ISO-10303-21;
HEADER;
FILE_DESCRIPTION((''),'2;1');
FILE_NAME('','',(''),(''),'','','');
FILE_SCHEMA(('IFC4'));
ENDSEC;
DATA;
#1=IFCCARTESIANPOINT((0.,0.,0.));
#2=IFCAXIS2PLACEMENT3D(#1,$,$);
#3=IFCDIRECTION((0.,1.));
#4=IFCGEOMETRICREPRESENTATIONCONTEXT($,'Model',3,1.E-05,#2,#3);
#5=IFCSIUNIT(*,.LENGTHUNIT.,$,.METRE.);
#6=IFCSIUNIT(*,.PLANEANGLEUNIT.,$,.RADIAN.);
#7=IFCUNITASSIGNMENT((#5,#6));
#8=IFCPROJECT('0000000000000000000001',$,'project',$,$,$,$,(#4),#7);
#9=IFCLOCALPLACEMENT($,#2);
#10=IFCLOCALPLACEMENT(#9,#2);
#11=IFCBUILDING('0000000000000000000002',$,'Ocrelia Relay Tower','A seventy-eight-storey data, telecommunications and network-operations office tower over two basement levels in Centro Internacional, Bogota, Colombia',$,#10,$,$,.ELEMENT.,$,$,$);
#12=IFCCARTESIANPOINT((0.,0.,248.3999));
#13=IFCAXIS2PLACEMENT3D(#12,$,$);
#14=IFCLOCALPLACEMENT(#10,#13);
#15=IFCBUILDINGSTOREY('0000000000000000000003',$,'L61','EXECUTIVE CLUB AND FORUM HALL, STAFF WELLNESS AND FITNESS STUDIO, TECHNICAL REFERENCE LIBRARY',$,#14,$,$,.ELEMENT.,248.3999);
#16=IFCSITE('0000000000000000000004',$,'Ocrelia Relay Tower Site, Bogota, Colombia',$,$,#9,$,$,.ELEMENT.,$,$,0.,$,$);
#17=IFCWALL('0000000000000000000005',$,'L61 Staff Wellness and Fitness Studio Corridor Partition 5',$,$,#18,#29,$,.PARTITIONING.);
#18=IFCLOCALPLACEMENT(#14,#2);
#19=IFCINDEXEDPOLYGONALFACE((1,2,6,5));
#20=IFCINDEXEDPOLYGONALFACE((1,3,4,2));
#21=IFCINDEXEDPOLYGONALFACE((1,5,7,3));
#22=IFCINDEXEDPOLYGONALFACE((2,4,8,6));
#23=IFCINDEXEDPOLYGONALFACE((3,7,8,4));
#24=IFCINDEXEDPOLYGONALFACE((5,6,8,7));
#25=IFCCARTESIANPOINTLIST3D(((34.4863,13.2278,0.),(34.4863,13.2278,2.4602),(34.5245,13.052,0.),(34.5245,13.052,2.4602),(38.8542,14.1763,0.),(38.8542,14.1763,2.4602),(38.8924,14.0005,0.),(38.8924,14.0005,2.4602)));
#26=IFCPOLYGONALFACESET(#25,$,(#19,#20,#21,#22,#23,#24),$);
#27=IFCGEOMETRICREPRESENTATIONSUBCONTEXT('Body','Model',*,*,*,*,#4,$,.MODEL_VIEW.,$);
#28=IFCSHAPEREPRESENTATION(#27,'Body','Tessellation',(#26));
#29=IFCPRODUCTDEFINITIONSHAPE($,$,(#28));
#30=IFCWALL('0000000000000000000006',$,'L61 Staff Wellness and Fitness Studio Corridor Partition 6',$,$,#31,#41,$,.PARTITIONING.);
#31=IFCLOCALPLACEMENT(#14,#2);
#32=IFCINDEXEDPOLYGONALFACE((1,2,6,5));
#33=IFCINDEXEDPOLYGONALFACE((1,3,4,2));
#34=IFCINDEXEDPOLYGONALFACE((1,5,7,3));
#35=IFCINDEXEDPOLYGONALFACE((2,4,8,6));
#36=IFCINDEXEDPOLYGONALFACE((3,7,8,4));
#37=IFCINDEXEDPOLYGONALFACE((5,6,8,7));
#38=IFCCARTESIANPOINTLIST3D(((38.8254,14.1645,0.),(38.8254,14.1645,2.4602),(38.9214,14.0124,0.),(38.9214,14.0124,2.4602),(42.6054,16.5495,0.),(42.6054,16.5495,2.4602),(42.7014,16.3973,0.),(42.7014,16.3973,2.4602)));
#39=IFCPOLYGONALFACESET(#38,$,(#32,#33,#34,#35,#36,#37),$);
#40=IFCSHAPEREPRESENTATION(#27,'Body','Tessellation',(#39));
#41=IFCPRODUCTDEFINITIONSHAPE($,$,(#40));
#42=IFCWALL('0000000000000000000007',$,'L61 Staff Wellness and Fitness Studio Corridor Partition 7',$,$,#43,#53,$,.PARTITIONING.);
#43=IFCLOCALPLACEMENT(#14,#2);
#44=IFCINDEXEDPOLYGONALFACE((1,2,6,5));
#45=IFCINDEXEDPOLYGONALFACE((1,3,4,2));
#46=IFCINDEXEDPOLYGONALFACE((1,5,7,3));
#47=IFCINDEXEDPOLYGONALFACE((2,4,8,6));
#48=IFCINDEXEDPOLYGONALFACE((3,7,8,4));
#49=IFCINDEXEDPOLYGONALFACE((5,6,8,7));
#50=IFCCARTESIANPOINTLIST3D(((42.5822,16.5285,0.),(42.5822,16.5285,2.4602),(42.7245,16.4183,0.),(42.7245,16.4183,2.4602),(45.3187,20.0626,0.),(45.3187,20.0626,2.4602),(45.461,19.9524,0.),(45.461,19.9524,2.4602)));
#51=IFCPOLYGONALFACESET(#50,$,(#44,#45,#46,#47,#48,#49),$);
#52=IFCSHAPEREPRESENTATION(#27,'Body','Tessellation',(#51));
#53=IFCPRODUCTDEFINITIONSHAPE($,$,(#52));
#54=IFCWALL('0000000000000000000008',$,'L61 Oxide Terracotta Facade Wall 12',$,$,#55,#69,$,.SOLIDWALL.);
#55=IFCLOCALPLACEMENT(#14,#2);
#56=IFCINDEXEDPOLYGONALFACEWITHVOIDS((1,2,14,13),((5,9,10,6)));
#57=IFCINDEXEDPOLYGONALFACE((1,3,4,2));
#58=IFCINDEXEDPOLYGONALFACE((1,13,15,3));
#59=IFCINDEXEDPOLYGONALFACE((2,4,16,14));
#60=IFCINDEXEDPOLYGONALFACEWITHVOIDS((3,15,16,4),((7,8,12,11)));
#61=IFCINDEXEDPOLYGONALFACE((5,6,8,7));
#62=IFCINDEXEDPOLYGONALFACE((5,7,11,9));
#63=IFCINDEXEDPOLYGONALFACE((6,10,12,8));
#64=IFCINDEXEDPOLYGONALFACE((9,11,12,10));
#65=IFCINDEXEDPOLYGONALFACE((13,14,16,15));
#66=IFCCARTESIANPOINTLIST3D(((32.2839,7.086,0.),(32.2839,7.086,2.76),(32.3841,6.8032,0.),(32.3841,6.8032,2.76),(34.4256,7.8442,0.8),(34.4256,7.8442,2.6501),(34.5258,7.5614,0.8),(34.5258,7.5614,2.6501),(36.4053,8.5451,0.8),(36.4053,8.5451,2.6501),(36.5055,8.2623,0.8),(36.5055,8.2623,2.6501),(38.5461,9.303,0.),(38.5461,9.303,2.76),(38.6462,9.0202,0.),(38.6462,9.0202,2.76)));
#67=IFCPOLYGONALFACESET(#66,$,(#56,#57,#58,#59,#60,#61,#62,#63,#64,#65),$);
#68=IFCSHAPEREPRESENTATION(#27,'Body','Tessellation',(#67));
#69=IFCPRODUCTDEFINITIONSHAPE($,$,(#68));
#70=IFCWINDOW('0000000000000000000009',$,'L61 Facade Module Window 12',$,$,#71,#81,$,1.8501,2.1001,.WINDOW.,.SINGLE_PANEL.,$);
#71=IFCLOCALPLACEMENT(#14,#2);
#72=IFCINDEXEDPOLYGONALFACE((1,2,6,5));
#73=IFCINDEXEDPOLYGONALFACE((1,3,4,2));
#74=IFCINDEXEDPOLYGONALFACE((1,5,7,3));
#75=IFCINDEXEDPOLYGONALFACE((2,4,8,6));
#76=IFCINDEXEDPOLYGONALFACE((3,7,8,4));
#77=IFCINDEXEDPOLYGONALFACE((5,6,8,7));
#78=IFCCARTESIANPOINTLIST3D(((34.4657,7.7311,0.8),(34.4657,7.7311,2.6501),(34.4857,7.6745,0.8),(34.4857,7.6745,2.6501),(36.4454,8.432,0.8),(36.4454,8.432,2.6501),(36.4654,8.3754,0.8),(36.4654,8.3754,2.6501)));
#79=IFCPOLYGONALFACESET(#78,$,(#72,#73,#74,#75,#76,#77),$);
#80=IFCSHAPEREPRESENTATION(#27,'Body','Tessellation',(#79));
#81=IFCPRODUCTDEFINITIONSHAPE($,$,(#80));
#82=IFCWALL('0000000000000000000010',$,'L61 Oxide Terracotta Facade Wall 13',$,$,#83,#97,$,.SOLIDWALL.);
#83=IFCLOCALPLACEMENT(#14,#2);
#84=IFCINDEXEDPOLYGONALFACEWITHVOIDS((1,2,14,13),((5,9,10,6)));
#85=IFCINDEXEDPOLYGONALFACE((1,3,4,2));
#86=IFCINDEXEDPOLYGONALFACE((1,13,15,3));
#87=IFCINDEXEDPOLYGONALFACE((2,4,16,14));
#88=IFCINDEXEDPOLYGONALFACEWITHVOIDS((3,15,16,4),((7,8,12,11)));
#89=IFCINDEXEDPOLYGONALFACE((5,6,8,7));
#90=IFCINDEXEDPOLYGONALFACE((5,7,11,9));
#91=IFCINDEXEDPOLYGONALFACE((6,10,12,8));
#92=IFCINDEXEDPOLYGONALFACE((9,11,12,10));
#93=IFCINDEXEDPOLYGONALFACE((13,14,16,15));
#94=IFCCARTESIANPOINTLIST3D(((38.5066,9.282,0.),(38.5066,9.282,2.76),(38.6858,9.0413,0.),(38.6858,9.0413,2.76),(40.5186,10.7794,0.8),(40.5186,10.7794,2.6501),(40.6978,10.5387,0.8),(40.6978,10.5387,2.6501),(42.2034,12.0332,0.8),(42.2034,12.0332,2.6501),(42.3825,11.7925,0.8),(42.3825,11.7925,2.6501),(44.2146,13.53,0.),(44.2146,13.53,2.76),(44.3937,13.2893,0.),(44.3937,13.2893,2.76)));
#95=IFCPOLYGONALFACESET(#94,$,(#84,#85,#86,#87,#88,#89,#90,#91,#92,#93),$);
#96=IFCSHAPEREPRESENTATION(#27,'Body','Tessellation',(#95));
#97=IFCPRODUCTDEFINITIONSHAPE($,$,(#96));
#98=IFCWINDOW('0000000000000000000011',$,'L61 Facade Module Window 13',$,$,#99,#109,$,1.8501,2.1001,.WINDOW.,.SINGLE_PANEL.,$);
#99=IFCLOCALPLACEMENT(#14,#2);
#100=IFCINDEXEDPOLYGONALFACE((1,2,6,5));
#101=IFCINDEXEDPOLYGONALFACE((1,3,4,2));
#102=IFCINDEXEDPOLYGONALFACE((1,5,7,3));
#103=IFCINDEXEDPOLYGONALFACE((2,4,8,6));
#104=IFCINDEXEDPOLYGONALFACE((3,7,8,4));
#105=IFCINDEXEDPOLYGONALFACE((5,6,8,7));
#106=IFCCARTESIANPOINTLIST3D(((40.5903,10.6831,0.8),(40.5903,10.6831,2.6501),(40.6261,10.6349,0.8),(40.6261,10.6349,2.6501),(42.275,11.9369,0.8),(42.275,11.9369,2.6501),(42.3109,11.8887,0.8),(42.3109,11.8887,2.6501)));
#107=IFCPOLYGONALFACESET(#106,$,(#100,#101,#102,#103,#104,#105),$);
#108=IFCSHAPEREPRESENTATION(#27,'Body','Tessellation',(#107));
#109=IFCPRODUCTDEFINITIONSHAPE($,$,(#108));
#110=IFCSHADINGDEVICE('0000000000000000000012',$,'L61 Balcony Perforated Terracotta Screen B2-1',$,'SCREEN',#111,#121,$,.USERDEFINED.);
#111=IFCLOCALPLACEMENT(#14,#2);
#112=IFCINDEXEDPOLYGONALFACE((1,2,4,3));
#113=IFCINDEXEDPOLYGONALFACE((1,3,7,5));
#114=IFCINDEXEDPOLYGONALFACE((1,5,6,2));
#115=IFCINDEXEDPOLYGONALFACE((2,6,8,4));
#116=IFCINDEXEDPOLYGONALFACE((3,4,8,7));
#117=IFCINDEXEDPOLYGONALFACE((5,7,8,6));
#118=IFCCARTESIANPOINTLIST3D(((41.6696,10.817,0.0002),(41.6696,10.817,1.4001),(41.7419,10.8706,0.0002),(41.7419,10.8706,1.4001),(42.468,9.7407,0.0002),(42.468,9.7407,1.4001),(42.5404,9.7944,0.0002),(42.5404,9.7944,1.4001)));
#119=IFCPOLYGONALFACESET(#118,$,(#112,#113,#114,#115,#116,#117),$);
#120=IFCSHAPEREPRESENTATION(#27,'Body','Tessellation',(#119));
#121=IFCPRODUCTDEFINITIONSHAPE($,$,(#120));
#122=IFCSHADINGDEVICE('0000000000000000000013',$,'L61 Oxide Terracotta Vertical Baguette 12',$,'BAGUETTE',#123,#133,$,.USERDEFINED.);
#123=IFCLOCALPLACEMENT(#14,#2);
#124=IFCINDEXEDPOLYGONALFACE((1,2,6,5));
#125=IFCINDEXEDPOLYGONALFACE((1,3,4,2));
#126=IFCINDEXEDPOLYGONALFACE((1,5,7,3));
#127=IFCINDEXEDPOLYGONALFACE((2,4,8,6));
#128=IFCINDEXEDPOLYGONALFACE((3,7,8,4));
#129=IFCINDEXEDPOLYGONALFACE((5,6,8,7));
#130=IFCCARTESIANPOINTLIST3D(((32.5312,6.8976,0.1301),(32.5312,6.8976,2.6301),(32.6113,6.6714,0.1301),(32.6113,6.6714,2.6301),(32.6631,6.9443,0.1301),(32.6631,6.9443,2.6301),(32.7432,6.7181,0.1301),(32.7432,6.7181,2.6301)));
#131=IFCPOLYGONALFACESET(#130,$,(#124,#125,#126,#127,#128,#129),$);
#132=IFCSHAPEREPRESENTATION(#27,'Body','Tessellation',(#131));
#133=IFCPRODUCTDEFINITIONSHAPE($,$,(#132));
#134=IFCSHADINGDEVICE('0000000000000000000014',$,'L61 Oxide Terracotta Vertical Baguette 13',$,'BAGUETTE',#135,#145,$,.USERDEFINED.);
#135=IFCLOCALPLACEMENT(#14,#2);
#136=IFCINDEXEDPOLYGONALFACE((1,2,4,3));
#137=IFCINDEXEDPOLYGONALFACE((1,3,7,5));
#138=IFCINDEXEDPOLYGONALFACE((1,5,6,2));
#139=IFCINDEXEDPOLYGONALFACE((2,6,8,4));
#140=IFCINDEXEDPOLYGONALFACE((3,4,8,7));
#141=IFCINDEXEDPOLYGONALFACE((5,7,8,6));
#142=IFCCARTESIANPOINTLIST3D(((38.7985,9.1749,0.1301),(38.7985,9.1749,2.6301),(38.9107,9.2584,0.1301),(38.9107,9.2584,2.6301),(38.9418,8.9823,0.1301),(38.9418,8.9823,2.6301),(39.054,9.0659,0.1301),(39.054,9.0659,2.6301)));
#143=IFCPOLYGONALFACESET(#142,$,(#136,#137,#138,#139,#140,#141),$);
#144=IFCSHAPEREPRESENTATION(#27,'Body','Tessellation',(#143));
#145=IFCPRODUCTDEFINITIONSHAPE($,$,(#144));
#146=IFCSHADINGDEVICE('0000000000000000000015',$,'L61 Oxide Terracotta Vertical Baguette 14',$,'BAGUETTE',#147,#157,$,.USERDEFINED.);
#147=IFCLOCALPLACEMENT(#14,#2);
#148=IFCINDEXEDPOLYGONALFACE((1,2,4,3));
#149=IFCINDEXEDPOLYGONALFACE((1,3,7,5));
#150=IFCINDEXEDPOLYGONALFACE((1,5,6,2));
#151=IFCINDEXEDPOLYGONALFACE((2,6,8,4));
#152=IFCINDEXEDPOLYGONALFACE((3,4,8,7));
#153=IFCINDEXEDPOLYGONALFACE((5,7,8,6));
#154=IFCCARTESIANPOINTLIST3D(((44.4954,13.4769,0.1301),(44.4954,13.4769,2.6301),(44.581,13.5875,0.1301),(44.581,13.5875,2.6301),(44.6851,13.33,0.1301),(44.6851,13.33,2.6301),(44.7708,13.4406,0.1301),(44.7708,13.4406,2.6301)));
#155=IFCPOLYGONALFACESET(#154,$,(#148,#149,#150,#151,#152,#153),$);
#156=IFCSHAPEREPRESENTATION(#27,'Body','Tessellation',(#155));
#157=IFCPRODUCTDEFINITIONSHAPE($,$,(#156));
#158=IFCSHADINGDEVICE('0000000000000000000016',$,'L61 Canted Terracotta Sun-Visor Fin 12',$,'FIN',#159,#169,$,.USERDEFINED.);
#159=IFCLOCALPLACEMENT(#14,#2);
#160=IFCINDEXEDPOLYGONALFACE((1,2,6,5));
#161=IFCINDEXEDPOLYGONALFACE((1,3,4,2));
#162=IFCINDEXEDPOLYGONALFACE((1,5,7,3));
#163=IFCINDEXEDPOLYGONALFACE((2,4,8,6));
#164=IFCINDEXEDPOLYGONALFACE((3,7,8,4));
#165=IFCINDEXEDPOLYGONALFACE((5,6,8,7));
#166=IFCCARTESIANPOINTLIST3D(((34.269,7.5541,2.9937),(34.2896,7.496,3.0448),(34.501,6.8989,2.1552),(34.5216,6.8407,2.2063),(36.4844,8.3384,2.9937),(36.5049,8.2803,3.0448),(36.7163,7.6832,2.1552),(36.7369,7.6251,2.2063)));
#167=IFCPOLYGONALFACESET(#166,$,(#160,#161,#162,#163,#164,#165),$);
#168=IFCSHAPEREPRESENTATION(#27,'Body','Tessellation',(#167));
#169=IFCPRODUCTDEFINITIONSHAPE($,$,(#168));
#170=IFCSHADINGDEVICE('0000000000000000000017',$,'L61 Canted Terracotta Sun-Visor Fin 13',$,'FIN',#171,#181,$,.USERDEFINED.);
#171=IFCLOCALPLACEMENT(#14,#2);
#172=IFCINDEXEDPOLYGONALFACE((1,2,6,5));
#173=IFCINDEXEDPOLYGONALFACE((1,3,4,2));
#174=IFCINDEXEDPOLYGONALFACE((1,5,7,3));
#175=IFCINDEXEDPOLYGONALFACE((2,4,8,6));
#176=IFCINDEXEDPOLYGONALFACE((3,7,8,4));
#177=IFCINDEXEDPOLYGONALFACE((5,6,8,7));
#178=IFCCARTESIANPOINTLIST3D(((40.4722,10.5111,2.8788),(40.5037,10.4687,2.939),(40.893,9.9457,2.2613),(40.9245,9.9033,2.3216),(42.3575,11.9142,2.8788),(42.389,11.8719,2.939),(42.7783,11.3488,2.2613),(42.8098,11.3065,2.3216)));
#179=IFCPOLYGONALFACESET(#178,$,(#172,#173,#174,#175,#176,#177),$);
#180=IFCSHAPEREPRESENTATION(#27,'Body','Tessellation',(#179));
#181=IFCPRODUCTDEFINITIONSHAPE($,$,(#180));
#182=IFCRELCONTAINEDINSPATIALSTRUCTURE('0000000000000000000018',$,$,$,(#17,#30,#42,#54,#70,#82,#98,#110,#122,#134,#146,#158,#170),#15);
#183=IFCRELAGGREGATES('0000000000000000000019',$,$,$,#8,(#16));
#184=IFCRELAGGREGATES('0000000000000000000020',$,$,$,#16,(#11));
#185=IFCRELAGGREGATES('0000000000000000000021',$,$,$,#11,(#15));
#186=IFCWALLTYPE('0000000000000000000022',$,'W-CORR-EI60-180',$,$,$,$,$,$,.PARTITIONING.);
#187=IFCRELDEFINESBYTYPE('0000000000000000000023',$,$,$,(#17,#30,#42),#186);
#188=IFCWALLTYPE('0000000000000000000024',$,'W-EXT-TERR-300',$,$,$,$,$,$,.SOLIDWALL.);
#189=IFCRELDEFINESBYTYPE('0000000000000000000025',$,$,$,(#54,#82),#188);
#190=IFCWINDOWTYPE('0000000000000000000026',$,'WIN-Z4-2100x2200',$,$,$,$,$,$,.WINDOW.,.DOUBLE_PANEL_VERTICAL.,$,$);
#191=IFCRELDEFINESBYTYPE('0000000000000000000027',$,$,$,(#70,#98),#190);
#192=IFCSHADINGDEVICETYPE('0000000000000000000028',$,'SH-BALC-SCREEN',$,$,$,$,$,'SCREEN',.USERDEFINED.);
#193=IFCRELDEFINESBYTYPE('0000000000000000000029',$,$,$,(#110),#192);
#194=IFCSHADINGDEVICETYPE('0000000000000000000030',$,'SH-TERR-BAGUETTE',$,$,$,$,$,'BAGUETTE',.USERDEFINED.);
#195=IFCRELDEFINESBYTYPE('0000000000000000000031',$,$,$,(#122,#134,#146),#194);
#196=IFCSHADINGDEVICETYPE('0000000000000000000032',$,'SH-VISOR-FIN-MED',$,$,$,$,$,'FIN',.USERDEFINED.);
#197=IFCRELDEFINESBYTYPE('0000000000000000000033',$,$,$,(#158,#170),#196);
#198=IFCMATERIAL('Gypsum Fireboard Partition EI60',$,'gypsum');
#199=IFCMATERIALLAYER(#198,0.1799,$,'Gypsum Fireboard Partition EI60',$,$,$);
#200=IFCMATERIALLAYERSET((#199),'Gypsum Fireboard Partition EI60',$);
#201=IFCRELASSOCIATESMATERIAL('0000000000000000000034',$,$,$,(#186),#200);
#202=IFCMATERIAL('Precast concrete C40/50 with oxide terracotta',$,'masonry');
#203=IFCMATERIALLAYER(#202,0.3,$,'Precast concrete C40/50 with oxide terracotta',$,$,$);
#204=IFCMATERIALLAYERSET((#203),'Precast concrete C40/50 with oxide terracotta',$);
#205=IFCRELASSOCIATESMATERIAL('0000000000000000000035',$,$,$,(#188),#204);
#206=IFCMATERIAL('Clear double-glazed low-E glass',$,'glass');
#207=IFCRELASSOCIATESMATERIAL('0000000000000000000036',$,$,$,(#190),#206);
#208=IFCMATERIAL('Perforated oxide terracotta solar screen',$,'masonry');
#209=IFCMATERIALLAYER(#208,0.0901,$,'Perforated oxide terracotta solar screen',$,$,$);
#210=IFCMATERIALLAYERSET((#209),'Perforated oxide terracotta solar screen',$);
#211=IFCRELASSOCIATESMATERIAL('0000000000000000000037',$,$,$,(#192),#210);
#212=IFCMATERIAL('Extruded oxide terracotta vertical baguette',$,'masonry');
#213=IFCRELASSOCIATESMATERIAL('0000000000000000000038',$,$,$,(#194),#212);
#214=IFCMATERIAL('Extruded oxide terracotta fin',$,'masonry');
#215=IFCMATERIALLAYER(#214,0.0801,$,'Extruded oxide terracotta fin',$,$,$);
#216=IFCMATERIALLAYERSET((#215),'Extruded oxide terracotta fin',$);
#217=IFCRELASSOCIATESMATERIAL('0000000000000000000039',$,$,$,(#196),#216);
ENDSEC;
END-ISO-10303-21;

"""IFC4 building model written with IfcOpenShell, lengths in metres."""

from ifc_helpers import new_model, si_unit, direction, frame, frame_2d, origin, origin_2d, place, context, subcontext, project, spatial, rectangle, extrude, material, layer, layer_set, type_object, element, fill, save


model = new_model("IFC4")

# Units and contexts
model_context = context("Model", 3, precision=1e-05, world=origin(), true_north=direction((0.0, 1.0)))
body_context = subcontext(model_context, "Body", "Model", "MODEL_VIEW")
ifc_project = project(units=[si_unit("LENGTHUNIT", "METRE"), si_unit("PLANEANGLEUNIT", "RADIAN")], contexts=[model_context])

# Site, building, storey
site_placement = place(None, origin())
site = spatial("IfcSite", under=ifc_project, at=site_placement, Name="Ocrelia Relay Tower Site, Bogota, Colombia", CompositionType="ELEMENT", RefElevation=0.0)
building_placement = place(site_placement, origin())
building = spatial("IfcBuilding", under=site, at=building_placement, Name="Ocrelia Relay Tower", Description="A seventy-eight-storey data, telecommunications and network-operations office tower over two basement levels in Centro Internacional, Bogota, Colombia", CompositionType="ELEMENT")
storey_placement = place(building_placement, frame((0.0, 0.0, 248.3999)))
storey = spatial("IfcBuildingStorey", under=building, at=storey_placement, Name="L61", Description="EXECUTIVE CLUB AND FORUM HALL, STAFF WELLNESS AND FITNESS STUDIO, TECHNICAL REFERENCE LIBRARY", CompositionType="ELEMENT", Elevation=248.3999)

# Walls
ifc_material_1 = material(Name="Gypsum Fireboard Partition EI60", Category="gypsum")
ifc_layer_1 = layer(ifc_material_1, 0.1799, Name="Gypsum Fireboard Partition EI60")
ifc_layer_set_1 = layer_set([ifc_layer_1], Name="Gypsum Fireboard Partition EI60")
wall_type_1 = type_object("IfcWallType", Name="W-CORR-EI60-180", PredefinedType="PARTITIONING", material=ifc_layer_set_1)
wall_1_placement = place(storey_placement, frame((34.5054, 13.1399, 0.0), z_axis=(0.0, 0.0, 1.0), x_axis=(0.977226, 0.212203, 0.0)))
element("IfcWall", 1, at=wall_1_placement, inside=storey, type_object=wall_type_1, Name="L61 Staff Wellness and Fitness Studio Corridor Partition 5", PredefinedType="PARTITIONING", context=body_context, shape_type="SweptSolid", body=[
    extrude(rectangle(XDim=4.4697, YDim=0.1799, at=frame_2d((2.2349, 0.0))), origin(), (0.0, 0.0, 1.0), 2.4602),
])
wall_2_placement = place(storey_placement, frame((38.8733, 14.0884, 0.0), z_axis=(0.0, 0.0, 1.0), x_axis=(0.845729, 0.533613, 0.0)))
element("IfcWall", 2, at=wall_2_placement, inside=storey, type_object=wall_type_1, Name="L61 Staff Wellness and Fitness Studio Corridor Partition 6", PredefinedType="PARTITIONING", context=body_context, shape_type="SweptSolid", body=[
    extrude(rectangle(XDim=4.4695, YDim=0.1799, at=frame_2d((2.2349, 0.0))), origin(), (0.0, 0.0, 1.0), 2.4602),
])
wall_3_placement = place(storey_placement, frame((42.6533, 16.4734, 0.0), z_axis=(0.0, 0.0, 1.0), x_axis=(0.612234, 0.790677, 0.0)))
element("IfcWall", 3, at=wall_3_placement, inside=storey, type_object=wall_type_1, Name="L61 Staff Wellness and Fitness Studio Corridor Partition 7", PredefinedType="PARTITIONING", context=body_context, shape_type="SweptSolid", body=[
    extrude(rectangle(XDim=4.4697, YDim=0.1799, at=frame_2d((2.2349, 0.0))), origin(), (0.0, 0.0, 1.0), 2.4602),
])

# Walls, openings, windows
ifc_material_2 = material(Name="Precast concrete C40/50 with oxide terracotta", Category="masonry")
ifc_layer_2 = layer(ifc_material_2, 0.3, Name="Precast concrete C40/50 with oxide terracotta")
ifc_layer_set_2 = layer_set([ifc_layer_2], Name="Precast concrete C40/50 with oxide terracotta")
wall_type_2 = type_object("IfcWallType", Name="W-EXT-TERR-300", PredefinedType="SOLIDWALL", material=ifc_layer_set_2)
wall_4_placement = place(storey_placement, frame((32.334, 6.9446, 0.0), z_axis=(0.0, 0.0, 1.0), x_axis=(0.942666, 0.333737, 0.0)))
wall_4 = element("IfcWall", 4, at=wall_4_placement, inside=storey, type_object=wall_type_2, Name="L61 Oxide Terracotta Facade Wall 12", PredefinedType="SOLIDWALL", context=body_context, shape_type="SweptSolid", body=[
    extrude(rectangle(XDim=6.6431, YDim=0.3, at=frame_2d((3.3215, 0.0))), origin(), (0.0, 0.0, 1.0), 2.76),
])
opening_1_placement = place(wall_4_placement, frame((2.272, 0.0, 0.8)))
opening_1 = element("IfcOpeningElement", 5, at=opening_1_placement, cuts=wall_4, PredefinedType="OPENING", context=body_context, shape_type="SweptSolid", body=[
    extrude(rectangle(XDim=2.1001, YDim=1.8501, at=frame_2d((1.05, 0.925))), frame((0.0, 0.1602, 0.0), z_axis=(0.0, -1.0, 0.0), x_axis=(1.0, 0.0, 0.0)), (0.0, 0.0, 1.0), 0.3201),
])
ifc_material_3 = material(Name="Clear double-glazed low-E glass", Category="glass")
window_type = type_object("IfcWindowType", Name="WIN-Z4-2100x2200", PartitioningType="DOUBLE_PANEL_VERTICAL", PredefinedType="WINDOW", material=ifc_material_3)
window_1_placement = place(opening_1_placement, origin())
window_1 = element("IfcWindow", 6, at=window_1_placement, inside=storey, type_object=window_type, Name="L61 Facade Module Window 12", OverallHeight=1.8501, OverallWidth=2.1001, PartitioningType="SINGLE_PANEL", PredefinedType="WINDOW", context=body_context, shape_type="SweptSolid", body=[
    extrude(rectangle(XDim=2.1001, YDim=1.8501, at=frame_2d((1.05, 0.925))), frame((0.0, 0.03, 0.0), z_axis=(0.0, -1.0, 0.0), x_axis=(1.0, 0.0, 0.0)), (0.0, 0.0, 1.0), 0.0601),
])
fill(opening_1, window_1)
wall_5_placement = place(storey_placement, frame((38.5962, 9.1616, 0.0), z_axis=(0.0, 0.0, 1.0), x_axis=(0.802218, 0.597031, 0.0)))
wall_5 = element("IfcWall", 7, at=wall_5_placement, inside=storey, type_object=wall_type_2, Name="L61 Oxide Terracotta Facade Wall 13", PredefinedType="SOLIDWALL", context=body_context, shape_type="SweptSolid", body=[
    extrude(rectangle(XDim=7.1152, YDim=0.3, at=frame_2d((3.5576, 0.0))), origin(), (0.0, 0.0, 1.0), 2.76),
])
opening_2_placement = place(wall_5_placement, frame((2.5081, 0.0, 0.8)))
opening_2 = element("IfcOpeningElement", 8, at=opening_2_placement, cuts=wall_5, PredefinedType="OPENING", context=body_context, shape_type="SweptSolid", body=[
    extrude(rectangle(XDim=2.1001, YDim=1.8501, at=frame_2d((1.05, 0.925))), frame((0.0, 0.1602, 0.0), z_axis=(0.0, -1.0, 0.0), x_axis=(1.0, 0.0, 0.0)), (0.0, 0.0, 1.0), 0.3201),
])
window_2_placement = place(opening_2_placement, origin())
window_2 = element("IfcWindow", 9, at=window_2_placement, inside=storey, type_object=window_type, Name="L61 Facade Module Window 13", OverallHeight=1.8501, OverallWidth=2.1001, PartitioningType="SINGLE_PANEL", PredefinedType="WINDOW", context=body_context, shape_type="SweptSolid", body=[
    extrude(rectangle(XDim=2.1001, YDim=1.8501, at=frame_2d((1.05, 0.925))), frame((0.0, 0.03, 0.0), z_axis=(0.0, -1.0, 0.0), x_axis=(1.0, 0.0, 0.0)), (0.0, 0.0, 1.0), 0.0601),
])
fill(opening_2, window_2)

# Shading devices
ifc_material_4 = material(Name="Perforated oxide terracotta solar screen", Category="masonry")
ifc_layer_3 = layer(ifc_material_4, 0.0901, Name="Perforated oxide terracotta solar screen")
ifc_layer_set_3 = layer_set([ifc_layer_3], Name="Perforated oxide terracotta solar screen")
shading_device_type_1 = type_object("IfcShadingDeviceType", Name="SH-BALC-SCREEN", ElementType="SCREEN", PredefinedType="USERDEFINED", material=ifc_layer_set_3)
shading_device_1_placement = place(storey_placement, frame((42.105, 10.3057, 0.0002), z_axis=(0.0, 0.0, 1.0), x_axis=(0.595801, -0.803132, 0.0)))
element("IfcShadingDevice", 10, at=shading_device_1_placement, inside=storey, type_object=shading_device_type_1, Name="L61 Balcony Perforated Terracotta Screen B2-1", ObjectType="SCREEN", PredefinedType="USERDEFINED", context=body_context, shape_type="SweptSolid", body=[
    extrude(rectangle(XDim=1.3401, YDim=0.0901, at=origin_2d()), origin(), (0.0, 0.0, 1.0), 1.3999),
])
ifc_material_5 = material(Name="Extruded oxide terracotta vertical baguette", Category="masonry")
shading_device_type_2 = type_object("IfcShadingDeviceType", Name="SH-TERR-BAGUETTE", ElementType="BAGUETTE", PredefinedType="USERDEFINED", material=ifc_material_5)
for number, where, z_axis, x_axis, name in (
    (11, (32.6372, 6.8079, 0.1301), (0.0, 0.0, 1.0), (0.942663, 0.333745, 0.0), "L61 Oxide Terracotta Vertical Baguette 12"),
    (12, (38.9263, 9.1204, 0.1301), (0.0, 0.0, 1.0), (0.802209, 0.597043, 0.0), "L61 Oxide Terracotta Vertical Baguette 13"),
    (13, (44.6331, 13.4587, 0.1301), (0.0, 0.0, 1.0), (0.612212, 0.790693, 0.0), "L61 Oxide Terracotta Vertical Baguette 14"),
):
    element("IfcShadingDevice", number, at=place(storey_placement, frame(where, z_axis=z_axis, x_axis=x_axis)), inside=storey, type_object=shading_device_type_2, Name=name, ObjectType="BAGUETTE", PredefinedType="USERDEFINED", context=body_context, shape_type="SweptSolid", body=[
        extrude(rectangle(XDim=0.1399, YDim=0.24, at=origin_2d()), origin(), (0.0, 0.0, 1.0), 2.5),
    ])
ifc_material_6 = material(Name="Extruded oxide terracotta fin", Category="masonry")
ifc_layer_4 = layer(ifc_material_6, 0.0801, Name="Extruded oxide terracotta fin")
ifc_layer_set_4 = layer_set([ifc_layer_4], Name="Extruded oxide terracotta fin")
shading_device_type_3 = type_object("IfcShadingDeviceType", Name="SH-VISOR-FIN-MED", ElementType="FIN", PredefinedType="USERDEFINED", material=ifc_layer_set_4)
shading_device_2_placement = place(storey_placement, frame((35.4927, 7.6187, 2.5745), z_axis=(0.256932, -0.725705, 0.638231), x_axis=(0.942663, 0.333745, 0.0)))
element("IfcShadingDevice", 14, at=shading_device_2_placement, inside=storey, type_object=shading_device_type_3, Name="L61 Canted Terracotta Sun-Visor Fin 12", ObjectType="FIN", PredefinedType="USERDEFINED", context=body_context, shape_type="SweptSolid", body=[
    extrude(rectangle(XDim=2.3501, YDim=1.0891, at=origin_2d()), origin(), (0.0, 0.0, 1.0), 0.0801),
])
shading_device_3_placement = place(storey_placement, frame((41.6252, 10.9299, 2.5701), z_axis=(0.393423, -0.528617, 0.752185), x_axis=(0.802209, 0.597043, 0.0)))
element("IfcShadingDevice", 15, at=shading_device_3_placement, inside=storey, type_object=shading_device_type_3, Name="L61 Canted Terracotta Sun-Visor Fin 13", ObjectType="FIN", PredefinedType="USERDEFINED", context=body_context, shape_type="SweptSolid", body=[
    extrude(rectangle(XDim=2.3501, YDim=0.937, at=origin_2d()), origin(), (0.0, 0.0, 1.0), 0.0801),
])

save(model, "model.ifc")
